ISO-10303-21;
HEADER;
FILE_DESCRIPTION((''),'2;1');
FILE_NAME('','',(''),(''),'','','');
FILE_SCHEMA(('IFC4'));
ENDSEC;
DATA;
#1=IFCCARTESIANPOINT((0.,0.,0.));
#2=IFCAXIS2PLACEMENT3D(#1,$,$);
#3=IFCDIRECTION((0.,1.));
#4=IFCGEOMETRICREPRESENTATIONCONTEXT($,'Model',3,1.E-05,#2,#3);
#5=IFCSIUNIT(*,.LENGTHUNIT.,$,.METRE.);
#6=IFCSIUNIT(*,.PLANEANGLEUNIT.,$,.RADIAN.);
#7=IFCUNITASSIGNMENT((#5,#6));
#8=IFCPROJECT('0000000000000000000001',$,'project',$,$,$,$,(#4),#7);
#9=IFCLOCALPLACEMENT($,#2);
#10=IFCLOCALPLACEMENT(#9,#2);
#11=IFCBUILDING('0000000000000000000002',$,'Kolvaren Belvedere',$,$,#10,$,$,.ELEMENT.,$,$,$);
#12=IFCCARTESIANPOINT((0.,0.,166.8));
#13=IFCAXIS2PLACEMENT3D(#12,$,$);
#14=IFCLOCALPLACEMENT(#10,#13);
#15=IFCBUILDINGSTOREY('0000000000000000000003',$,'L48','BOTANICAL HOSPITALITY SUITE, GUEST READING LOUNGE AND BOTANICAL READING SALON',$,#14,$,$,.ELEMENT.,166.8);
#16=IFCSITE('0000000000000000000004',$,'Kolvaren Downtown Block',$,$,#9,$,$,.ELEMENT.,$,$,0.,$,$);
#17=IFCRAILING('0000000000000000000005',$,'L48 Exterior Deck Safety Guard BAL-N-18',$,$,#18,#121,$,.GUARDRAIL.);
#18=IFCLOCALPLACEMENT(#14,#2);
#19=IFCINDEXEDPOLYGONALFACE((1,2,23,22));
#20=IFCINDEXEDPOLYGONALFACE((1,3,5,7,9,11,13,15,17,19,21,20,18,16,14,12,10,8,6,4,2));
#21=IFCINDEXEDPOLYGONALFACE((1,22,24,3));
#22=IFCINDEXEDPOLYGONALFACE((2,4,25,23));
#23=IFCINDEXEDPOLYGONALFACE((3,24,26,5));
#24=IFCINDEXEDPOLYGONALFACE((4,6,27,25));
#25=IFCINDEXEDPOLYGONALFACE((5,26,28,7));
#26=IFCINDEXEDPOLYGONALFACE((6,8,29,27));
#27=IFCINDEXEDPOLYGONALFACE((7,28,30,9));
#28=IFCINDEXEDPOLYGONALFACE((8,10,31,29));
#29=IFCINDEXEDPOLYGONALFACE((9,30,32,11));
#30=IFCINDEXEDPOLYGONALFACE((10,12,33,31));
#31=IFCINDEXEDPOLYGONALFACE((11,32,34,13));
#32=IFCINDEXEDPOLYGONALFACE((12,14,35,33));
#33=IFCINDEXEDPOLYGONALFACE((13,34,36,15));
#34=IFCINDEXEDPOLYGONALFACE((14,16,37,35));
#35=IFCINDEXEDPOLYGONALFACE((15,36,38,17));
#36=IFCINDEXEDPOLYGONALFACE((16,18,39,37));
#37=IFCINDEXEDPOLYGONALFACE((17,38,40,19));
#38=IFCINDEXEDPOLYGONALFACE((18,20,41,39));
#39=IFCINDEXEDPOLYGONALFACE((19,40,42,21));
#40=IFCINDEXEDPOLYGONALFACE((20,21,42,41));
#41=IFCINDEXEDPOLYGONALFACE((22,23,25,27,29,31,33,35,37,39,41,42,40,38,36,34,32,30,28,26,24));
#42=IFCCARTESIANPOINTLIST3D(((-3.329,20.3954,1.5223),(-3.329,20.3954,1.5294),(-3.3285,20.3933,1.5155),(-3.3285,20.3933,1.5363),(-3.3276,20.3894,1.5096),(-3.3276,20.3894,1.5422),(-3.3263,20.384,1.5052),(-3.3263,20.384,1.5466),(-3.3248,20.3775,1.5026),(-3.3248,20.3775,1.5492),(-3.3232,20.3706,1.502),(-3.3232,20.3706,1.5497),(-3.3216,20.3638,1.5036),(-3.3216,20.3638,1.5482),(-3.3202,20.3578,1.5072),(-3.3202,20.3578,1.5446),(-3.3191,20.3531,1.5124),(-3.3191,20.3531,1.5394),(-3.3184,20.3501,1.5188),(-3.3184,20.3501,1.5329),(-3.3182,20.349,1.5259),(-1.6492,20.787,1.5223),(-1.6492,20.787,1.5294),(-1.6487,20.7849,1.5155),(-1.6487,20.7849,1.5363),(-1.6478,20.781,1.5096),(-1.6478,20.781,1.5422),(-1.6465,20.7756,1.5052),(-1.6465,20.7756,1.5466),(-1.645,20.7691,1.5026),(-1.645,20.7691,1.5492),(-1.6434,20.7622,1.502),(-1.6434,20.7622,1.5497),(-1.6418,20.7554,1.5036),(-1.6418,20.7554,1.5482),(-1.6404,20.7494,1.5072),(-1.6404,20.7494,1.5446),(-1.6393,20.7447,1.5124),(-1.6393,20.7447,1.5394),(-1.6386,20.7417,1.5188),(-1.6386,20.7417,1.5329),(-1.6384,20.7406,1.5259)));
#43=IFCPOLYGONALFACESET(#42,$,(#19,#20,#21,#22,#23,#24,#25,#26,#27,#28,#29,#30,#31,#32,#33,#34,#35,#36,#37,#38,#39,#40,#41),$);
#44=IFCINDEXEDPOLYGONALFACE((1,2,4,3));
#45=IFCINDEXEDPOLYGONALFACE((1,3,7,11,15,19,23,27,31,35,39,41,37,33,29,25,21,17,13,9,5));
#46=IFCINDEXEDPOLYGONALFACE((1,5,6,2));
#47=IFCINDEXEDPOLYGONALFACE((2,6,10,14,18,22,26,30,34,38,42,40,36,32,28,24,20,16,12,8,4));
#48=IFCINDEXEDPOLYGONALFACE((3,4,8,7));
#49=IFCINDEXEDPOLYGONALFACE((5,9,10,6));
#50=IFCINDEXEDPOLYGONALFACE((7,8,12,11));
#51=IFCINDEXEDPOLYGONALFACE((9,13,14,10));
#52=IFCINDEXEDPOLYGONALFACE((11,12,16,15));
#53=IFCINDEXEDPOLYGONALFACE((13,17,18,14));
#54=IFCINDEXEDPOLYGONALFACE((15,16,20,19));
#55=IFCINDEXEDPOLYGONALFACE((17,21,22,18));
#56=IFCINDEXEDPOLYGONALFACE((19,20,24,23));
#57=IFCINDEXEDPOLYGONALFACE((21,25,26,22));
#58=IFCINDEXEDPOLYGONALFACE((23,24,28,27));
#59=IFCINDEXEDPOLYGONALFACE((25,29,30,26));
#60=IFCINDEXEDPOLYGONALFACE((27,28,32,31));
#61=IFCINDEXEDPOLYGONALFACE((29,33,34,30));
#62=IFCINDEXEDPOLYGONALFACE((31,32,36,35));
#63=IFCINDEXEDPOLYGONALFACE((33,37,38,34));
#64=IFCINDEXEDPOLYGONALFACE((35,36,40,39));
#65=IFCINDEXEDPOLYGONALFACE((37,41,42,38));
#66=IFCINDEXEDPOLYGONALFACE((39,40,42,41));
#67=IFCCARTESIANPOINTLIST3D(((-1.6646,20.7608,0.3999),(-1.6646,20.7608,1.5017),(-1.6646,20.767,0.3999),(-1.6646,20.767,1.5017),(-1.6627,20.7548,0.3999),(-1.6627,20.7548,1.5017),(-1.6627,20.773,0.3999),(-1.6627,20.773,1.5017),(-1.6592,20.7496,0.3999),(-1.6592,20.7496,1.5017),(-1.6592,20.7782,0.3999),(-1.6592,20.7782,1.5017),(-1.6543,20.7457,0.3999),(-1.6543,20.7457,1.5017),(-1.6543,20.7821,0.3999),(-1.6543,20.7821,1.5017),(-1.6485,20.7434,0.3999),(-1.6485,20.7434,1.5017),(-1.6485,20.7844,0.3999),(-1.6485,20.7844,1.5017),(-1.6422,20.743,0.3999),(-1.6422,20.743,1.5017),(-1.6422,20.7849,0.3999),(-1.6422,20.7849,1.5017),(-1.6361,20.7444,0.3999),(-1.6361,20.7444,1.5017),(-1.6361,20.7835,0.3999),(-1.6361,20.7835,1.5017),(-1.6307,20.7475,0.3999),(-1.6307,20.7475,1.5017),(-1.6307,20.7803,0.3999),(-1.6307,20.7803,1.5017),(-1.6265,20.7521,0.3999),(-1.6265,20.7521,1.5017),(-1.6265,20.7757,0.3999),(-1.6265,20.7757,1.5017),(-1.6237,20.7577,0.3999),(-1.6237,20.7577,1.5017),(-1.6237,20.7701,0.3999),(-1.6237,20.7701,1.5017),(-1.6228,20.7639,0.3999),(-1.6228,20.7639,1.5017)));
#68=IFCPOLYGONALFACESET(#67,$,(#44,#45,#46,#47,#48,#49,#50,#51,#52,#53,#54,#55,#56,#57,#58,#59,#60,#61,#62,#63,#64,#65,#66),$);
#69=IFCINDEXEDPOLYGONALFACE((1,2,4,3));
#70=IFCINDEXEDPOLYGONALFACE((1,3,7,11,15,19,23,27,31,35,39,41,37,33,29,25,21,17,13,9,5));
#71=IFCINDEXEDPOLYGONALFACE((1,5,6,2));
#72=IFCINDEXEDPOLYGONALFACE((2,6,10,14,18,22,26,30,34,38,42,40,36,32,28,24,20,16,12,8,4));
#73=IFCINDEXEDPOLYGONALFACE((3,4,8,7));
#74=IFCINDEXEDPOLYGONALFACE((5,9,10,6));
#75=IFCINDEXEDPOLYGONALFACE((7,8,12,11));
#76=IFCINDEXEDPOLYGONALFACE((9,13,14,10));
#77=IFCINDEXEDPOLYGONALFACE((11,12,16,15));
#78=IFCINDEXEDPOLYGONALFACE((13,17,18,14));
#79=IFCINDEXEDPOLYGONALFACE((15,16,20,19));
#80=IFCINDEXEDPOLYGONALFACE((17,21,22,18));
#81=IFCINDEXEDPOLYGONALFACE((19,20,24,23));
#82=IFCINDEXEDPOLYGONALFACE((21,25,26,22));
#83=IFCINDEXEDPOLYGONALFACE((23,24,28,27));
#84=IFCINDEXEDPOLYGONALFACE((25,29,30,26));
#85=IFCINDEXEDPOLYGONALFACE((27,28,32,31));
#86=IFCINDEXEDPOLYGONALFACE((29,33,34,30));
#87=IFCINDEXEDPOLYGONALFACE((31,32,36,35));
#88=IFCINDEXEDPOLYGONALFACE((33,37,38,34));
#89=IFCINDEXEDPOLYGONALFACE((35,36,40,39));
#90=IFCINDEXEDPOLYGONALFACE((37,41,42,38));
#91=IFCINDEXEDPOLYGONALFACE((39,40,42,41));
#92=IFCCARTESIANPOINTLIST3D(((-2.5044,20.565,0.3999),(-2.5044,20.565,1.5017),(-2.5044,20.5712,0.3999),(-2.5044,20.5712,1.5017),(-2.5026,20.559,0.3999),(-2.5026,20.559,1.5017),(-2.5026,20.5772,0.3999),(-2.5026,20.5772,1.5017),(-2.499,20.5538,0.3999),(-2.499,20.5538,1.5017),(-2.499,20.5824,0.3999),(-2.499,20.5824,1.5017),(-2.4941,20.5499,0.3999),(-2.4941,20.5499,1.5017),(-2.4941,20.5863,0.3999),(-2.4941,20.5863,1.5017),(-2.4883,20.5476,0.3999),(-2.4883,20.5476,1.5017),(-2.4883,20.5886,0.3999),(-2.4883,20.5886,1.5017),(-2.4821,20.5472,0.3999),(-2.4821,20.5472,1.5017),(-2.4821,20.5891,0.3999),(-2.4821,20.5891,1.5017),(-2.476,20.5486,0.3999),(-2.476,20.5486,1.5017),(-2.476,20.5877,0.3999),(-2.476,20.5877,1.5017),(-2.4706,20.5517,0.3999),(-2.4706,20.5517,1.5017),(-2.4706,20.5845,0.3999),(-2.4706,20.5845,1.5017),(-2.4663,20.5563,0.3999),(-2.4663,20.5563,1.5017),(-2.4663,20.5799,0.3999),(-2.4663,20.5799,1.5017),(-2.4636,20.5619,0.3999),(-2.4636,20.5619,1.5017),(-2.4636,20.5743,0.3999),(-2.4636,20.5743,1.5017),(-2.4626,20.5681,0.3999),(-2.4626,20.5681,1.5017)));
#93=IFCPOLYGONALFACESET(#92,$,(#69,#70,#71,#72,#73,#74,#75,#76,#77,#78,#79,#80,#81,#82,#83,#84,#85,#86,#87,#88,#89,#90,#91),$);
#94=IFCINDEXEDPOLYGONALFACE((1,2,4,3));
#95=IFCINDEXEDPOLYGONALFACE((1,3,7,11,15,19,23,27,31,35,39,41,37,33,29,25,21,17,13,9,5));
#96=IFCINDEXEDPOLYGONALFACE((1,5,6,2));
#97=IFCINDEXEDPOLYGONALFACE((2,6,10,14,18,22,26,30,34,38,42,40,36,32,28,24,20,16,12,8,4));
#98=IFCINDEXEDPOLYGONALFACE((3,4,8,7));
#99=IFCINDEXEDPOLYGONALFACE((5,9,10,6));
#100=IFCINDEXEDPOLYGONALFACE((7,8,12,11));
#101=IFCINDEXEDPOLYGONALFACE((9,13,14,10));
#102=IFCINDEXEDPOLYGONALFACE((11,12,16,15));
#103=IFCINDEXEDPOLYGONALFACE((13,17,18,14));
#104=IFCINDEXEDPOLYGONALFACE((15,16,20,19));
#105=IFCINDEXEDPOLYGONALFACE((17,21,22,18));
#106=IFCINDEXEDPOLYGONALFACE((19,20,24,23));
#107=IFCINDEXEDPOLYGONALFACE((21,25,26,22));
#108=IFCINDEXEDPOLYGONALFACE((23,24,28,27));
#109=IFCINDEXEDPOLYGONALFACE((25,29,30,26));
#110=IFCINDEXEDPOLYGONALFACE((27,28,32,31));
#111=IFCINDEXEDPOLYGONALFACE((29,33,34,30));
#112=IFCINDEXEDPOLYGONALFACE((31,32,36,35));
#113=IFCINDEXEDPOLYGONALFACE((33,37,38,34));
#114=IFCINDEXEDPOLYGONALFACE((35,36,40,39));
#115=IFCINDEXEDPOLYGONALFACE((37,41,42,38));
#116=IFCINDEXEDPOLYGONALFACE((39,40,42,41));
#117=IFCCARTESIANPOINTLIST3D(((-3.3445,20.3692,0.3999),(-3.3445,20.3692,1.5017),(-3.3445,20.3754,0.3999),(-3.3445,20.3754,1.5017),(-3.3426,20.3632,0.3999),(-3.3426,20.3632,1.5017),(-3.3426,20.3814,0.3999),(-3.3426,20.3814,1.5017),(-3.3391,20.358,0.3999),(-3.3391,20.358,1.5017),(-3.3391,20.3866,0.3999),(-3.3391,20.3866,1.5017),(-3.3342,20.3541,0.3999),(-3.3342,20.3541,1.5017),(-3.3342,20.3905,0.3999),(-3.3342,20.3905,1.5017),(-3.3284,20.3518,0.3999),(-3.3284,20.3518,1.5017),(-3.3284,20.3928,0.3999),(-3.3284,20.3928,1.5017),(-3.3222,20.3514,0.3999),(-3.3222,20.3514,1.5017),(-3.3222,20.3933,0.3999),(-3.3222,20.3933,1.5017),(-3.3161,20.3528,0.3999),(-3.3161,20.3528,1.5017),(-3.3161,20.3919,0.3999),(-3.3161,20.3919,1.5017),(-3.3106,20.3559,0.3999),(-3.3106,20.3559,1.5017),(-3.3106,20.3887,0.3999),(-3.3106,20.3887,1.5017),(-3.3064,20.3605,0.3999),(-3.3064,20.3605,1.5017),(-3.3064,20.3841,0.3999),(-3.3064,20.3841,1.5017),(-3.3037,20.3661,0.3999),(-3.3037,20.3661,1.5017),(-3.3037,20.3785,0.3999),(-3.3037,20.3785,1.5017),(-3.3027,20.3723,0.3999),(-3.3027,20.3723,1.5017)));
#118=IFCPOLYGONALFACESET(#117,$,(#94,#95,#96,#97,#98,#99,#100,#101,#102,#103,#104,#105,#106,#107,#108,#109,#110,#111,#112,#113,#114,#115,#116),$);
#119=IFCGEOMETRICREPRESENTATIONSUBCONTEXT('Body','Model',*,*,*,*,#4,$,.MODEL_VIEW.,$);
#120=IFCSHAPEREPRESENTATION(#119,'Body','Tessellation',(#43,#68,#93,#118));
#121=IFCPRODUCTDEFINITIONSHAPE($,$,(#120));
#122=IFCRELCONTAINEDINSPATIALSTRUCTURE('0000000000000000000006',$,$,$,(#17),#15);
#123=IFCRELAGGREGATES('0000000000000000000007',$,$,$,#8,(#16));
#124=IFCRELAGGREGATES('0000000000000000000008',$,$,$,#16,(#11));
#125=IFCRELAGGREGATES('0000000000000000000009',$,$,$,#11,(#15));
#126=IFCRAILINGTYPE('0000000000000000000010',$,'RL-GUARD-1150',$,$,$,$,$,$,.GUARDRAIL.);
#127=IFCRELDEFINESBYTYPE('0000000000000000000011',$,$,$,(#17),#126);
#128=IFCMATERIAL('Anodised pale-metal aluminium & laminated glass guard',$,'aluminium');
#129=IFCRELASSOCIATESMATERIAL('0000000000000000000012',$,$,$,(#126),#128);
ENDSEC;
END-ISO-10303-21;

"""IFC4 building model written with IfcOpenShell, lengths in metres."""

from ifc_helpers import new_model, si_unit, direction, frame, origin, origin_2d, place, context, subcontext, project, spatial, circle, extrude, material, type_object, element, save


model = new_model("IFC4")

# Units and contexts
model_context = context("Model", 3, precision=1e-05, world=origin(), true_north=direction((0.0, 1.0)))
body_context = subcontext(model_context, "Body", "Model", "MODEL_VIEW")
ifc_project = project(units=[si_unit("LENGTHUNIT", "METRE"), si_unit("PLANEANGLEUNIT", "RADIAN")], contexts=[model_context])

# Site, building, storey
site_placement = place(None, origin())
site = spatial("IfcSite", under=ifc_project, at=site_placement, Name="Kolvaren Downtown Block", CompositionType="ELEMENT", RefElevation=0.0)
building_placement = place(site_placement, origin())
building = spatial("IfcBuilding", under=site, at=building_placement, Name="Kolvaren Belvedere", CompositionType="ELEMENT")
storey_placement = place(building_placement, frame((0.0, 0.0, 166.8)))
storey = spatial("IfcBuildingStorey", under=building, at=storey_placement, Name="L48", Description="BOTANICAL HOSPITALITY SUITE, GUEST READING LOUNGE AND BOTANICAL READING SALON", CompositionType="ELEMENT", Elevation=166.8)

# Railing
ifc_material_1 = material(Name="Anodised pale-metal aluminium & laminated glass guard", Category="aluminium")
railing_type = type_object("IfcRailingType", Name="RL-GUARD-1150", PredefinedType="GUARDRAIL", material=ifc_material_1)
railing_1_placement = place(storey_placement, frame((-1.6438, 20.7639, 0.3999)))
element("IfcRailing", 1, at=railing_1_placement, inside=storey, type_object=railing_type, Name="L48 Exterior Deck Safety Guard BAL-N-18", PredefinedType="GUARDRAIL", context=body_context, shape_type="SweptSolid", body=[
    extrude(circle(Radius=0.0239, at=origin_2d()), frame((0.0, 0.0, 1.126), z_axis=(-0.97389, -0.227019, 0.0), x_axis=(0.227019, -0.97389, 0.0)), (0.0, 0.0, 1.0), 1.7249),
    extrude(circle(Radius=0.021, at=origin_2d()), origin(), (0.0, 0.0, 1.0), 1.1018),
    extrude(circle(Radius=0.021, at=origin_2d()), frame((-0.8398, -0.1958, 0.0)), (0.0, 0.0, 1.0), 1.1018),
    extrude(circle(Radius=0.021, at=origin_2d()), frame((-1.6799, -0.3916, 0.0)), (0.0, 0.0, 1.0), 1.1018),
])

save(model, "model.ifc")
